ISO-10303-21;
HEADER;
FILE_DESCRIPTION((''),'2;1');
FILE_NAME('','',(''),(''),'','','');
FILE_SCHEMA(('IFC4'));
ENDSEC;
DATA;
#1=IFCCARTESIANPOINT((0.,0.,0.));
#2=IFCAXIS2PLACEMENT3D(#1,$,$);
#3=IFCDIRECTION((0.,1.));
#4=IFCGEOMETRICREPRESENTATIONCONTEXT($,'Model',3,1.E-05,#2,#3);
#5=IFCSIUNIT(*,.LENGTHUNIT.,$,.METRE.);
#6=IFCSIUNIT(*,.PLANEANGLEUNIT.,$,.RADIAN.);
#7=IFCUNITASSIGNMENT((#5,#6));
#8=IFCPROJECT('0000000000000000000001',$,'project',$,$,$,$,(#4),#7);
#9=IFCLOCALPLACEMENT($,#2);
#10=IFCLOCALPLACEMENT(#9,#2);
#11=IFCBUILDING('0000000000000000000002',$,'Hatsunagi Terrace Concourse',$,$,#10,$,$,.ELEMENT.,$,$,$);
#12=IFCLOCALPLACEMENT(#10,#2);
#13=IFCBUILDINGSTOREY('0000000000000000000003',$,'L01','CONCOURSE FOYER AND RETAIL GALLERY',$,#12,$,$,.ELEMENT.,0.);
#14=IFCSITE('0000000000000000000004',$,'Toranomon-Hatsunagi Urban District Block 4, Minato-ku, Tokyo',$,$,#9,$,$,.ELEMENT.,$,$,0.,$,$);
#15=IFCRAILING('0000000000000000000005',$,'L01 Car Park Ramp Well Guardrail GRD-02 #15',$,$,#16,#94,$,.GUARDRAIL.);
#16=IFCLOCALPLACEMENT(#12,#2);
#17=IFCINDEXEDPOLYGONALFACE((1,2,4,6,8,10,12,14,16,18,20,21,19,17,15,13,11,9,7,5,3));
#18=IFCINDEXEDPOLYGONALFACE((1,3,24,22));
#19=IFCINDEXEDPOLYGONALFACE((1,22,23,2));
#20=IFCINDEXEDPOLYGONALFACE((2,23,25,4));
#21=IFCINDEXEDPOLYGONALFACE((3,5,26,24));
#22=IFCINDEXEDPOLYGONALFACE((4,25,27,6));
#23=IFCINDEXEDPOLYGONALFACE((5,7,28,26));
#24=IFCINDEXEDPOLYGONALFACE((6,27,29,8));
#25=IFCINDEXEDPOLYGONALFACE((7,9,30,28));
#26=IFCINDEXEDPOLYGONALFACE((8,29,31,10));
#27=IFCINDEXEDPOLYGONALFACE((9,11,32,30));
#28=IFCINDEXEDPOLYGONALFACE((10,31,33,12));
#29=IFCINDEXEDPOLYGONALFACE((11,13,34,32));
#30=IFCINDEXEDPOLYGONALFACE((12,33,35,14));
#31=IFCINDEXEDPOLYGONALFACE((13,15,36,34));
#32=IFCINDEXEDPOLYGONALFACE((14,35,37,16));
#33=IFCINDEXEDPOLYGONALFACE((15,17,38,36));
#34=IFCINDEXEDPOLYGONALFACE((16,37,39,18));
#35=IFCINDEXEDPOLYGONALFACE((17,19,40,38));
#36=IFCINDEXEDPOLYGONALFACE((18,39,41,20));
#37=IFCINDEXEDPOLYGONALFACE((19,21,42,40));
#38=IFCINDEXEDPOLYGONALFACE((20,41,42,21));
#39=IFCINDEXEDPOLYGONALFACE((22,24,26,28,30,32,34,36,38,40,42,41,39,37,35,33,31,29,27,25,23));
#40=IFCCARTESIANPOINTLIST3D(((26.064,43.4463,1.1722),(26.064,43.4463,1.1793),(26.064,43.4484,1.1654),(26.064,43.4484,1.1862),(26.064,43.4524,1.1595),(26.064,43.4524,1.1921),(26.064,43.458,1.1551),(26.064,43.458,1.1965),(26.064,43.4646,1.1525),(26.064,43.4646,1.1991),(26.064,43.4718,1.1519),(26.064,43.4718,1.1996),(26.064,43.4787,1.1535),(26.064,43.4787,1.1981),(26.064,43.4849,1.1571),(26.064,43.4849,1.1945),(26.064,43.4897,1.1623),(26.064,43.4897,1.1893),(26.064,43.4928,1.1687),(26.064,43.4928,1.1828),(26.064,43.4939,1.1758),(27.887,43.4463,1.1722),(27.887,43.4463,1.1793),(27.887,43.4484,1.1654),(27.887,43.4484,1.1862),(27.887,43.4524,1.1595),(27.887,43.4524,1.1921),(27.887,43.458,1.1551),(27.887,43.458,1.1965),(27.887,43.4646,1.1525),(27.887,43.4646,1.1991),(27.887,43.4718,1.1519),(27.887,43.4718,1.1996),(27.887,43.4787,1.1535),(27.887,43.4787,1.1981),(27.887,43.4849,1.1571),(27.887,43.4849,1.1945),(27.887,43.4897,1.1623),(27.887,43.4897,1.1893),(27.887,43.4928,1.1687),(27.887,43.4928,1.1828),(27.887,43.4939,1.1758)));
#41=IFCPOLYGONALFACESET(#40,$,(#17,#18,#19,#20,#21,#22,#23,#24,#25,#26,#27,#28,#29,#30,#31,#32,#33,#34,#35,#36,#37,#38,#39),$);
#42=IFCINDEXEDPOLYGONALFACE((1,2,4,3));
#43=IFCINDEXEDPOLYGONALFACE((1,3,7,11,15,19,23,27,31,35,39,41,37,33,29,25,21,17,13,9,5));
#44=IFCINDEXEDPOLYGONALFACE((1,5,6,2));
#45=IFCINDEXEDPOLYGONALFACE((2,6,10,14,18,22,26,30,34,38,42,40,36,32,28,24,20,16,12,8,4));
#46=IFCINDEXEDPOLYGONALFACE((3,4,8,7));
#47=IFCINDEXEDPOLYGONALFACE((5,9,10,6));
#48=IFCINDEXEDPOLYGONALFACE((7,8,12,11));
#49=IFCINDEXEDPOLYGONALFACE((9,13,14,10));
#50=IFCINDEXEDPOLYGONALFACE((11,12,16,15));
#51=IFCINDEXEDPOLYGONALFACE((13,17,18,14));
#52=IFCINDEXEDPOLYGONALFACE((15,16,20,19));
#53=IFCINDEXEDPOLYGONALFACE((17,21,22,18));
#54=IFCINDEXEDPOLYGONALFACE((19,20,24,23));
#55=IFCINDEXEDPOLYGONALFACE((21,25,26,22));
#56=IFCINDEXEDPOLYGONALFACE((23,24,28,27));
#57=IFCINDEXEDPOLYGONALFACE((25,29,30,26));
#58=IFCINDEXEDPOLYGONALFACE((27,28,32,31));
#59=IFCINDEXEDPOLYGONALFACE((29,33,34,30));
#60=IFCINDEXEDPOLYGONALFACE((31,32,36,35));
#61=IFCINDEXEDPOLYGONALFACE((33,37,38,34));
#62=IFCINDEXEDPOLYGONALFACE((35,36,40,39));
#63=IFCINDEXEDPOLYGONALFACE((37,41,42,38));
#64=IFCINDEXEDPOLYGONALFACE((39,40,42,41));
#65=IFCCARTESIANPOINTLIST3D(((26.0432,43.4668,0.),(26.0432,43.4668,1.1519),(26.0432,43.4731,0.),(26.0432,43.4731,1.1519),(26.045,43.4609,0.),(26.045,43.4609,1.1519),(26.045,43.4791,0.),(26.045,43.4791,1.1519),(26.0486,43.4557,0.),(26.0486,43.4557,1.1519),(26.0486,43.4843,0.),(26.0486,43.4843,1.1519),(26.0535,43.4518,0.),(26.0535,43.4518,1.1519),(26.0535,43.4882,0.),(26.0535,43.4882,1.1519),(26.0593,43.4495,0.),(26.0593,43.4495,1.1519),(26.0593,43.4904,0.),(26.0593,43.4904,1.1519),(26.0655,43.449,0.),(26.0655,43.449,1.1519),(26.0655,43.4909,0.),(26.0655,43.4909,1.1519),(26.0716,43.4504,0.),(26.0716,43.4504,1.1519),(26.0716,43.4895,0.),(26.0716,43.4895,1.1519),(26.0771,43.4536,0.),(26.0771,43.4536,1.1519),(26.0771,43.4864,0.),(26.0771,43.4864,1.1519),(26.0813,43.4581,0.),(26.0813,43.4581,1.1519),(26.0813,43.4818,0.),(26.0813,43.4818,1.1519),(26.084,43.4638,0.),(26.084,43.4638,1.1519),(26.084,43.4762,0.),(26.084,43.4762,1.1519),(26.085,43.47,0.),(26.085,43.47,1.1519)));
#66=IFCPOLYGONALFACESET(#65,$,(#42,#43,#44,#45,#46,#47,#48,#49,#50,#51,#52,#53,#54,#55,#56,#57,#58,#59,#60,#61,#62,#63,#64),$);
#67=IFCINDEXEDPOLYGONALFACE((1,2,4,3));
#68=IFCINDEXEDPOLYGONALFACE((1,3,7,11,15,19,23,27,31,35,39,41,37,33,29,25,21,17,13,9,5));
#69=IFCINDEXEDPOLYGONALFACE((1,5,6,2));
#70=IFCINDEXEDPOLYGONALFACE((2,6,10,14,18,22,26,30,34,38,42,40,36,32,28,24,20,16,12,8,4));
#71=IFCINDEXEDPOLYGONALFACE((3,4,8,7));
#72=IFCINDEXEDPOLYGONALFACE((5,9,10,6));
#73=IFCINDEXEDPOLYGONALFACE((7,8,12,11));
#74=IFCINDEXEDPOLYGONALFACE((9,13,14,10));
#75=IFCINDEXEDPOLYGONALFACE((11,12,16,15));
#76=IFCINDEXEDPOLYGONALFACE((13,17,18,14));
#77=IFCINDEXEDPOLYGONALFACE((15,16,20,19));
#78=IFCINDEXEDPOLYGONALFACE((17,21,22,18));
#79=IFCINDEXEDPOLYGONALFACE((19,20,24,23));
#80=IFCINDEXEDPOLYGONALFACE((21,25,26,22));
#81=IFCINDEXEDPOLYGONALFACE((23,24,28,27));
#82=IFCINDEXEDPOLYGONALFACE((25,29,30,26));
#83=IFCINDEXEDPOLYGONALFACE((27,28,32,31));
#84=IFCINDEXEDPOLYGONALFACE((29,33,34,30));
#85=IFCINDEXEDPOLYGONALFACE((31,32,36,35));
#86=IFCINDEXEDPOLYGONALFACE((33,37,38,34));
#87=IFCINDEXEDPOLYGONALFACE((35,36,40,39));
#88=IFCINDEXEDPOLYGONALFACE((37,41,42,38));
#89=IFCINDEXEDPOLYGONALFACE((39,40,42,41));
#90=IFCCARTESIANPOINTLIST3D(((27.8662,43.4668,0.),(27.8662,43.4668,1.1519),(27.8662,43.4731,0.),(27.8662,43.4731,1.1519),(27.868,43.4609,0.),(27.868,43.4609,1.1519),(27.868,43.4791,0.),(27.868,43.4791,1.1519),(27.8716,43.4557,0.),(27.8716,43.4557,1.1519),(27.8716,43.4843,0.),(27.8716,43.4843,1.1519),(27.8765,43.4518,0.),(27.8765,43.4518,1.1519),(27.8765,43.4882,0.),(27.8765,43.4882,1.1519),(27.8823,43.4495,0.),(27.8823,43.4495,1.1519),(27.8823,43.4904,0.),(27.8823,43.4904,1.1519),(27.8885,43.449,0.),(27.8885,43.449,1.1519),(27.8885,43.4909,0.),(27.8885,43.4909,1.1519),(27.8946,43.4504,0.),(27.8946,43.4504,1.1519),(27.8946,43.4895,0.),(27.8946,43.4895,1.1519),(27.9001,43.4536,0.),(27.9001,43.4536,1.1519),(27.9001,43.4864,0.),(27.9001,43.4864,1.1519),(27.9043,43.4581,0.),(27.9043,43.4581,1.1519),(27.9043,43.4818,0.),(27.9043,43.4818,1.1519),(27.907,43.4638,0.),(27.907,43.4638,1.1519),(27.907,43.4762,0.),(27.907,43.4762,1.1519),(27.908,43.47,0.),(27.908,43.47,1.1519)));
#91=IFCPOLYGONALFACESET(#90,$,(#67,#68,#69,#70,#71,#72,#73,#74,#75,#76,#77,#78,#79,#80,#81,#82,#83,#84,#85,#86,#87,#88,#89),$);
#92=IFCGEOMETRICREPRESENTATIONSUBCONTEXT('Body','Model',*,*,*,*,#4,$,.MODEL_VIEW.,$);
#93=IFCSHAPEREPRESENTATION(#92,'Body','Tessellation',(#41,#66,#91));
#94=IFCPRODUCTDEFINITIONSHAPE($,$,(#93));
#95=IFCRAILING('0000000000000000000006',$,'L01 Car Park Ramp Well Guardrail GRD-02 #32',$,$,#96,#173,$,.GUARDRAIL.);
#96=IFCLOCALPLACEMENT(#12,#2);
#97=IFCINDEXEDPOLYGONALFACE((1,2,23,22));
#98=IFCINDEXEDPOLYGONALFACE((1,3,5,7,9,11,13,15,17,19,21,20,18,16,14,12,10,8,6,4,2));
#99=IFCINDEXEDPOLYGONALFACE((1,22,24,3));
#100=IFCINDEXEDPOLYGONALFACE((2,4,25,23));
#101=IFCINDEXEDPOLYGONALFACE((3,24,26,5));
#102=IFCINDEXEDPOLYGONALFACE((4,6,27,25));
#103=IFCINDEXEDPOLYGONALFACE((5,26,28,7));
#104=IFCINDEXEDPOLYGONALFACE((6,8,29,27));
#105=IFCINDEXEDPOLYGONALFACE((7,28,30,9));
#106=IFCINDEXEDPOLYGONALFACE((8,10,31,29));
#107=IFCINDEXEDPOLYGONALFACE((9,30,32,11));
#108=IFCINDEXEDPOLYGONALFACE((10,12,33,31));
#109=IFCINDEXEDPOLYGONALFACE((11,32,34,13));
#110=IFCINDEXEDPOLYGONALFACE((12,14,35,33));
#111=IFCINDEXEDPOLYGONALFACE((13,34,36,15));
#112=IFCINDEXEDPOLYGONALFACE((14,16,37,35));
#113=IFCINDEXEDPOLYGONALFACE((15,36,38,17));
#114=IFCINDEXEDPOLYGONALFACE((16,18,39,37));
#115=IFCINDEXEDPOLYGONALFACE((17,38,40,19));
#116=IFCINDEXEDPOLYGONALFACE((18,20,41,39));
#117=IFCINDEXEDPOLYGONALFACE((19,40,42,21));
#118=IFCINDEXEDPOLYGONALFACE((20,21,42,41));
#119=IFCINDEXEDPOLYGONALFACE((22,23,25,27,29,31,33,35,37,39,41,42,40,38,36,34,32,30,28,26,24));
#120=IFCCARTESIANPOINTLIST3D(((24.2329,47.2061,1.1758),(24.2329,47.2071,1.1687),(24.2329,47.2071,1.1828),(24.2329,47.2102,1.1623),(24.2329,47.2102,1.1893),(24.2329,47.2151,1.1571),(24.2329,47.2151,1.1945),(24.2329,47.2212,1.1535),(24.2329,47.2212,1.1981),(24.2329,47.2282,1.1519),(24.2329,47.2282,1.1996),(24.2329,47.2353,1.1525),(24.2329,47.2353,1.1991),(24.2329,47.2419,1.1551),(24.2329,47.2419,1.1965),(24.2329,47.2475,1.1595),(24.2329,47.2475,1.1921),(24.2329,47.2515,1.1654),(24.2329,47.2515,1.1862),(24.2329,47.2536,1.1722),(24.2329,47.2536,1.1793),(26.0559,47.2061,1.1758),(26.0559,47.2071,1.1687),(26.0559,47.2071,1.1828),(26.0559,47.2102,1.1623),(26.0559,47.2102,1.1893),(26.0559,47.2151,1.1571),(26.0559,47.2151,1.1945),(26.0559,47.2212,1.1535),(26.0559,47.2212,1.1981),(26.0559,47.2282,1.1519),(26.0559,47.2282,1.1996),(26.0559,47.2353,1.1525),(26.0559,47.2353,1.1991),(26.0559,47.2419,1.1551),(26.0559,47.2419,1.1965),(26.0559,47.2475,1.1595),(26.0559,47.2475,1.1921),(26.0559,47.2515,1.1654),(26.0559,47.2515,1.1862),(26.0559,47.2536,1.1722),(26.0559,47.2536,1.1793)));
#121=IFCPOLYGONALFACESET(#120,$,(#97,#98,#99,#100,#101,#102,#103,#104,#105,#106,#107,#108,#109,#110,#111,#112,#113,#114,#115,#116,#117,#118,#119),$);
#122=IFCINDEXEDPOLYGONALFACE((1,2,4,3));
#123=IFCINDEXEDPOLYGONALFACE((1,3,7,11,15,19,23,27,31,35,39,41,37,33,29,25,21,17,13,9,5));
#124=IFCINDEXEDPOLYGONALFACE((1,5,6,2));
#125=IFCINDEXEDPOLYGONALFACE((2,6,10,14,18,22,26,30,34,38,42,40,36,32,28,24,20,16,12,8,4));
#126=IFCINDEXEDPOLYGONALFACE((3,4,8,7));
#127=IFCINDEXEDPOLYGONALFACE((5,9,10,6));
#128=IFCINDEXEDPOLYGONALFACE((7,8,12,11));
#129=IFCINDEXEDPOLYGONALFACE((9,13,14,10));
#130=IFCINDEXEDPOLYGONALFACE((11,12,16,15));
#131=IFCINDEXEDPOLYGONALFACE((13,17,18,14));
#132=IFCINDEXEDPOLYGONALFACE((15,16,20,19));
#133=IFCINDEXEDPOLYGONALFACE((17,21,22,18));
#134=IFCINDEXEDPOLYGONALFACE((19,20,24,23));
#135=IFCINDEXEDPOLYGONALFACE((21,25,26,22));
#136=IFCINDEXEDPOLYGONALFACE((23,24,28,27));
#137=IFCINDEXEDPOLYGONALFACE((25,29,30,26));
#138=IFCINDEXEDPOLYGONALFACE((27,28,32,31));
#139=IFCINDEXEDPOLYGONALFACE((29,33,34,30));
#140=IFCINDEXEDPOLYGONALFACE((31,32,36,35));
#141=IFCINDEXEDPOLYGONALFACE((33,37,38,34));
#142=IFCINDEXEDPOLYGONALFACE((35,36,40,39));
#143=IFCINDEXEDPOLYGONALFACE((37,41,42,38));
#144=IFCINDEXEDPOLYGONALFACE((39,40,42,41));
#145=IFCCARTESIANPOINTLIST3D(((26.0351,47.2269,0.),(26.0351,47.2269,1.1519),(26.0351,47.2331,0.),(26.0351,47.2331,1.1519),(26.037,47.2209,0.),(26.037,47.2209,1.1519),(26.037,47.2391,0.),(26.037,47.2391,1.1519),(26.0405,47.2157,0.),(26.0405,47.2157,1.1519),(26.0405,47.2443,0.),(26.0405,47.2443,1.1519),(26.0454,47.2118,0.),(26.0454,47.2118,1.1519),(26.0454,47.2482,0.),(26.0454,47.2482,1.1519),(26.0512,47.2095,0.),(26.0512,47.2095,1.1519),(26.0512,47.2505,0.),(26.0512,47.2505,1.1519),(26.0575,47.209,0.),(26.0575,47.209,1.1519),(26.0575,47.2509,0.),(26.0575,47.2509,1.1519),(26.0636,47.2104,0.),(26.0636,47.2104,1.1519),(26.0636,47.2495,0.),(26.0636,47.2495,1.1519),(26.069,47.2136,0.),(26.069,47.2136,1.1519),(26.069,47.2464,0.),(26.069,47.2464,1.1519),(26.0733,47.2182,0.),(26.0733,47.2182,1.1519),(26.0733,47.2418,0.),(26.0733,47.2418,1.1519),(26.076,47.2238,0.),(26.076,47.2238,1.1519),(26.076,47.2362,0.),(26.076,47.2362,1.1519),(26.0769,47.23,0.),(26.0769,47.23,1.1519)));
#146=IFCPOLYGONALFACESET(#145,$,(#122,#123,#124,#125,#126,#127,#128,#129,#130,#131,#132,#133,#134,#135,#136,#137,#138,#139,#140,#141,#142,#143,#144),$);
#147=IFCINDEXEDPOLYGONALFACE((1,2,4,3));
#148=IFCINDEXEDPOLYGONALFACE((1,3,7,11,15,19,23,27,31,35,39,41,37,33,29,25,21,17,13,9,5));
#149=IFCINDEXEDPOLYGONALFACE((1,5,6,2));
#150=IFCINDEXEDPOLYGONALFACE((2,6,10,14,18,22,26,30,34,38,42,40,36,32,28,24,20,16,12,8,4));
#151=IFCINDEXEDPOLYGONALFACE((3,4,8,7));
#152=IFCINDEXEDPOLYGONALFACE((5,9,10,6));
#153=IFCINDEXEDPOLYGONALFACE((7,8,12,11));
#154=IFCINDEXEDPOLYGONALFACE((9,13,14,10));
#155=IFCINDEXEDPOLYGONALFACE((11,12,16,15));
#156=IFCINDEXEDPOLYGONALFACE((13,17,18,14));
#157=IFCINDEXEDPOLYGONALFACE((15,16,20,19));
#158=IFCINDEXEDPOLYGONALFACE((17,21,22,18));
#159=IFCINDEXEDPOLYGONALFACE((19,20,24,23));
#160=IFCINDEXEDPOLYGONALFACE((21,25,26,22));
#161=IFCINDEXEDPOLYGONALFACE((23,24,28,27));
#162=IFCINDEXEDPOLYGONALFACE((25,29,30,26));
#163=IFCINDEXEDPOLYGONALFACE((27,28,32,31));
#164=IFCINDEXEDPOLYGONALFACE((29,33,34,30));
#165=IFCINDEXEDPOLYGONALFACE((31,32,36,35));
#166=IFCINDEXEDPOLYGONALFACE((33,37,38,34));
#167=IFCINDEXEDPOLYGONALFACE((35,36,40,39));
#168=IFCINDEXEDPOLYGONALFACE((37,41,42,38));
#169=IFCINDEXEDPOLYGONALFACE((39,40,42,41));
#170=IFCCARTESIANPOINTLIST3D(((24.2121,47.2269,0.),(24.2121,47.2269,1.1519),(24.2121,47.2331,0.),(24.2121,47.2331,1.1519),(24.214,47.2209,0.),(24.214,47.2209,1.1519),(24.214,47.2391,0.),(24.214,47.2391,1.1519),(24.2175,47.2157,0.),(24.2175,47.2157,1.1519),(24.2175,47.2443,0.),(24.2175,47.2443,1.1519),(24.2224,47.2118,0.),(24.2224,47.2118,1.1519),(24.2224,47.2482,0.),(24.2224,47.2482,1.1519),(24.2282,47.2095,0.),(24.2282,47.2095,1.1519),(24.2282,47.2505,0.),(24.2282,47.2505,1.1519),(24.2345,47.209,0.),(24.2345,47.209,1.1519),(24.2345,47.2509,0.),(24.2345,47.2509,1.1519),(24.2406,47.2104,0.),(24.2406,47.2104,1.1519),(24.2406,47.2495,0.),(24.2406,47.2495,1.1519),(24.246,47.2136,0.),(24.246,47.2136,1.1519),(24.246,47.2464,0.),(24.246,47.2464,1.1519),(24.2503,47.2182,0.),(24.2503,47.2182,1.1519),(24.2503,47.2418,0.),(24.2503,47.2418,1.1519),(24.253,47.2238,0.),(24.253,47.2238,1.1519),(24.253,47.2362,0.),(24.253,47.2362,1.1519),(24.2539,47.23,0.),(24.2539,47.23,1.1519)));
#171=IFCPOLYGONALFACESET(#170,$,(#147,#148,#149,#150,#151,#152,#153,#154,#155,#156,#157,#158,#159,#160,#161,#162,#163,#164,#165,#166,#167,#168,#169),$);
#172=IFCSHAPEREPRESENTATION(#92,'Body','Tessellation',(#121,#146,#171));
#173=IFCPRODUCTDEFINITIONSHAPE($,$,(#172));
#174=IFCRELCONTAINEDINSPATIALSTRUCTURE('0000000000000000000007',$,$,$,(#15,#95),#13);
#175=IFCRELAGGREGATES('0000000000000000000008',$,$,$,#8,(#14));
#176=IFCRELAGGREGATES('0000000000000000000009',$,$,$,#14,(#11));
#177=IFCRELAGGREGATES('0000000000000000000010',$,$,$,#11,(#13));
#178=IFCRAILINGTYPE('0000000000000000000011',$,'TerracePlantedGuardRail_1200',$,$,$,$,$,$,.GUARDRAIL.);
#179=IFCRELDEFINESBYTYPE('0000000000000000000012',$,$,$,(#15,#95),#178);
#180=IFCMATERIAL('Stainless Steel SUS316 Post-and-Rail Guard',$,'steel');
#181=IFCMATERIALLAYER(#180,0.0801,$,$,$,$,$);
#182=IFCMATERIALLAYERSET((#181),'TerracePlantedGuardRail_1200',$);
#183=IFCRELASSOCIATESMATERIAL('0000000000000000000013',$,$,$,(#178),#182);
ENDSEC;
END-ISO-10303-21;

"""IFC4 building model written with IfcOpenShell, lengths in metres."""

from ifc_helpers import new_model, si_unit, direction, frame, origin, origin_2d, place, context, subcontext, project, spatial, circle, extrude, material, layer, layer_set, type_object, element, save


model = new_model("IFC4")

# Units and contexts
model_context = context("Model", 3, precision=1e-05, world=origin(), true_north=direction((0.0, 1.0)))
body_context = subcontext(model_context, "Body", "Model", "MODEL_VIEW")
ifc_project = project(units=[si_unit("LENGTHUNIT", "METRE"), si_unit("PLANEANGLEUNIT", "RADIAN")], contexts=[model_context])

# Site, building, storey
site_placement = place(None, origin())
site = spatial("IfcSite", under=ifc_project, at=site_placement, Name="Toranomon-Hatsunagi Urban District Block 4, Minato-ku, Tokyo", CompositionType="ELEMENT", RefElevation=0.0)
building_placement = place(site_placement, origin())
building = spatial("IfcBuilding", under=site, at=building_placement, Name="Hatsunagi Terrace Concourse", CompositionType="ELEMENT")
storey_placement = place(building_placement, origin())
storey = spatial("IfcBuildingStorey", under=building, at=storey_placement, Name="L01", Description="CONCOURSE FOYER AND RETAIL GALLERY", CompositionType="ELEMENT", Elevation=0.0)

# Railings
ifc_material_1 = material(Name="Stainless Steel SUS316 Post-and-Rail Guard", Category="steel")
ifc_layer_1 = layer(ifc_material_1, 0.0801)
ifc_layer_set_1 = layer_set([ifc_layer_1], Name="TerracePlantedGuardRail_1200")
railing_type = type_object("IfcRailingType", Name="TerracePlantedGuardRail_1200", PredefinedType="GUARDRAIL", material=ifc_layer_set_1)
for number, where, name in (
    (1, (26.064, 43.47, 0.0), "L01 Car Park Ramp Well Guardrail GRD-02 #15"),
):
    element("IfcRailing", number, at=place(storey_placement, frame(where)), inside=storey, type_object=railing_type, Name=name, PredefinedType="GUARDRAIL", context=body_context, shape_type="SweptSolid", body=[
        extrude(circle(Radius=0.0239, at=origin_2d()), frame((0.0, 0.0, 1.1758), z_axis=(1.0, 0.0, 0.0), x_axis=(0.0, 1.0, 0.0)), (0.0, 0.0, 1.0), 1.823),
        extrude(circle(Radius=0.021, at=origin_2d()), origin(), (0.0, 0.0, 1.0), 1.1519),
        extrude(circle(Radius=0.021, at=origin_2d()), frame((1.823, 0.0, 0.0)), (0.0, 0.0, 1.0), 1.1519),
    ])
railing_1_placement = place(storey_placement, frame((26.0559, 47.23, 0.0)))
element("IfcRailing", 2, at=railing_1_placement, inside=storey, type_object=railing_type, Name="L01 Car Park Ramp Well Guardrail GRD-02 #32", PredefinedType="GUARDRAIL", context=body_context, shape_type="SweptSolid", body=[
    extrude(circle(Radius=0.0239, at=origin_2d()), frame((0.0, 0.0, 1.1758), z_axis=(-1.0, 0.0, 0.0), x_axis=(0.0, -1.0, 0.0)), (0.0, 0.0, 1.0), 1.823),
    extrude(circle(Radius=0.021, at=origin_2d()), origin(), (0.0, 0.0, 1.0), 1.1519),
    extrude(circle(Radius=0.021, at=origin_2d()), frame((-1.823, 0.0, 0.0)), (0.0, 0.0, 1.0), 1.1519),
])

save(model, "model.ifc")
